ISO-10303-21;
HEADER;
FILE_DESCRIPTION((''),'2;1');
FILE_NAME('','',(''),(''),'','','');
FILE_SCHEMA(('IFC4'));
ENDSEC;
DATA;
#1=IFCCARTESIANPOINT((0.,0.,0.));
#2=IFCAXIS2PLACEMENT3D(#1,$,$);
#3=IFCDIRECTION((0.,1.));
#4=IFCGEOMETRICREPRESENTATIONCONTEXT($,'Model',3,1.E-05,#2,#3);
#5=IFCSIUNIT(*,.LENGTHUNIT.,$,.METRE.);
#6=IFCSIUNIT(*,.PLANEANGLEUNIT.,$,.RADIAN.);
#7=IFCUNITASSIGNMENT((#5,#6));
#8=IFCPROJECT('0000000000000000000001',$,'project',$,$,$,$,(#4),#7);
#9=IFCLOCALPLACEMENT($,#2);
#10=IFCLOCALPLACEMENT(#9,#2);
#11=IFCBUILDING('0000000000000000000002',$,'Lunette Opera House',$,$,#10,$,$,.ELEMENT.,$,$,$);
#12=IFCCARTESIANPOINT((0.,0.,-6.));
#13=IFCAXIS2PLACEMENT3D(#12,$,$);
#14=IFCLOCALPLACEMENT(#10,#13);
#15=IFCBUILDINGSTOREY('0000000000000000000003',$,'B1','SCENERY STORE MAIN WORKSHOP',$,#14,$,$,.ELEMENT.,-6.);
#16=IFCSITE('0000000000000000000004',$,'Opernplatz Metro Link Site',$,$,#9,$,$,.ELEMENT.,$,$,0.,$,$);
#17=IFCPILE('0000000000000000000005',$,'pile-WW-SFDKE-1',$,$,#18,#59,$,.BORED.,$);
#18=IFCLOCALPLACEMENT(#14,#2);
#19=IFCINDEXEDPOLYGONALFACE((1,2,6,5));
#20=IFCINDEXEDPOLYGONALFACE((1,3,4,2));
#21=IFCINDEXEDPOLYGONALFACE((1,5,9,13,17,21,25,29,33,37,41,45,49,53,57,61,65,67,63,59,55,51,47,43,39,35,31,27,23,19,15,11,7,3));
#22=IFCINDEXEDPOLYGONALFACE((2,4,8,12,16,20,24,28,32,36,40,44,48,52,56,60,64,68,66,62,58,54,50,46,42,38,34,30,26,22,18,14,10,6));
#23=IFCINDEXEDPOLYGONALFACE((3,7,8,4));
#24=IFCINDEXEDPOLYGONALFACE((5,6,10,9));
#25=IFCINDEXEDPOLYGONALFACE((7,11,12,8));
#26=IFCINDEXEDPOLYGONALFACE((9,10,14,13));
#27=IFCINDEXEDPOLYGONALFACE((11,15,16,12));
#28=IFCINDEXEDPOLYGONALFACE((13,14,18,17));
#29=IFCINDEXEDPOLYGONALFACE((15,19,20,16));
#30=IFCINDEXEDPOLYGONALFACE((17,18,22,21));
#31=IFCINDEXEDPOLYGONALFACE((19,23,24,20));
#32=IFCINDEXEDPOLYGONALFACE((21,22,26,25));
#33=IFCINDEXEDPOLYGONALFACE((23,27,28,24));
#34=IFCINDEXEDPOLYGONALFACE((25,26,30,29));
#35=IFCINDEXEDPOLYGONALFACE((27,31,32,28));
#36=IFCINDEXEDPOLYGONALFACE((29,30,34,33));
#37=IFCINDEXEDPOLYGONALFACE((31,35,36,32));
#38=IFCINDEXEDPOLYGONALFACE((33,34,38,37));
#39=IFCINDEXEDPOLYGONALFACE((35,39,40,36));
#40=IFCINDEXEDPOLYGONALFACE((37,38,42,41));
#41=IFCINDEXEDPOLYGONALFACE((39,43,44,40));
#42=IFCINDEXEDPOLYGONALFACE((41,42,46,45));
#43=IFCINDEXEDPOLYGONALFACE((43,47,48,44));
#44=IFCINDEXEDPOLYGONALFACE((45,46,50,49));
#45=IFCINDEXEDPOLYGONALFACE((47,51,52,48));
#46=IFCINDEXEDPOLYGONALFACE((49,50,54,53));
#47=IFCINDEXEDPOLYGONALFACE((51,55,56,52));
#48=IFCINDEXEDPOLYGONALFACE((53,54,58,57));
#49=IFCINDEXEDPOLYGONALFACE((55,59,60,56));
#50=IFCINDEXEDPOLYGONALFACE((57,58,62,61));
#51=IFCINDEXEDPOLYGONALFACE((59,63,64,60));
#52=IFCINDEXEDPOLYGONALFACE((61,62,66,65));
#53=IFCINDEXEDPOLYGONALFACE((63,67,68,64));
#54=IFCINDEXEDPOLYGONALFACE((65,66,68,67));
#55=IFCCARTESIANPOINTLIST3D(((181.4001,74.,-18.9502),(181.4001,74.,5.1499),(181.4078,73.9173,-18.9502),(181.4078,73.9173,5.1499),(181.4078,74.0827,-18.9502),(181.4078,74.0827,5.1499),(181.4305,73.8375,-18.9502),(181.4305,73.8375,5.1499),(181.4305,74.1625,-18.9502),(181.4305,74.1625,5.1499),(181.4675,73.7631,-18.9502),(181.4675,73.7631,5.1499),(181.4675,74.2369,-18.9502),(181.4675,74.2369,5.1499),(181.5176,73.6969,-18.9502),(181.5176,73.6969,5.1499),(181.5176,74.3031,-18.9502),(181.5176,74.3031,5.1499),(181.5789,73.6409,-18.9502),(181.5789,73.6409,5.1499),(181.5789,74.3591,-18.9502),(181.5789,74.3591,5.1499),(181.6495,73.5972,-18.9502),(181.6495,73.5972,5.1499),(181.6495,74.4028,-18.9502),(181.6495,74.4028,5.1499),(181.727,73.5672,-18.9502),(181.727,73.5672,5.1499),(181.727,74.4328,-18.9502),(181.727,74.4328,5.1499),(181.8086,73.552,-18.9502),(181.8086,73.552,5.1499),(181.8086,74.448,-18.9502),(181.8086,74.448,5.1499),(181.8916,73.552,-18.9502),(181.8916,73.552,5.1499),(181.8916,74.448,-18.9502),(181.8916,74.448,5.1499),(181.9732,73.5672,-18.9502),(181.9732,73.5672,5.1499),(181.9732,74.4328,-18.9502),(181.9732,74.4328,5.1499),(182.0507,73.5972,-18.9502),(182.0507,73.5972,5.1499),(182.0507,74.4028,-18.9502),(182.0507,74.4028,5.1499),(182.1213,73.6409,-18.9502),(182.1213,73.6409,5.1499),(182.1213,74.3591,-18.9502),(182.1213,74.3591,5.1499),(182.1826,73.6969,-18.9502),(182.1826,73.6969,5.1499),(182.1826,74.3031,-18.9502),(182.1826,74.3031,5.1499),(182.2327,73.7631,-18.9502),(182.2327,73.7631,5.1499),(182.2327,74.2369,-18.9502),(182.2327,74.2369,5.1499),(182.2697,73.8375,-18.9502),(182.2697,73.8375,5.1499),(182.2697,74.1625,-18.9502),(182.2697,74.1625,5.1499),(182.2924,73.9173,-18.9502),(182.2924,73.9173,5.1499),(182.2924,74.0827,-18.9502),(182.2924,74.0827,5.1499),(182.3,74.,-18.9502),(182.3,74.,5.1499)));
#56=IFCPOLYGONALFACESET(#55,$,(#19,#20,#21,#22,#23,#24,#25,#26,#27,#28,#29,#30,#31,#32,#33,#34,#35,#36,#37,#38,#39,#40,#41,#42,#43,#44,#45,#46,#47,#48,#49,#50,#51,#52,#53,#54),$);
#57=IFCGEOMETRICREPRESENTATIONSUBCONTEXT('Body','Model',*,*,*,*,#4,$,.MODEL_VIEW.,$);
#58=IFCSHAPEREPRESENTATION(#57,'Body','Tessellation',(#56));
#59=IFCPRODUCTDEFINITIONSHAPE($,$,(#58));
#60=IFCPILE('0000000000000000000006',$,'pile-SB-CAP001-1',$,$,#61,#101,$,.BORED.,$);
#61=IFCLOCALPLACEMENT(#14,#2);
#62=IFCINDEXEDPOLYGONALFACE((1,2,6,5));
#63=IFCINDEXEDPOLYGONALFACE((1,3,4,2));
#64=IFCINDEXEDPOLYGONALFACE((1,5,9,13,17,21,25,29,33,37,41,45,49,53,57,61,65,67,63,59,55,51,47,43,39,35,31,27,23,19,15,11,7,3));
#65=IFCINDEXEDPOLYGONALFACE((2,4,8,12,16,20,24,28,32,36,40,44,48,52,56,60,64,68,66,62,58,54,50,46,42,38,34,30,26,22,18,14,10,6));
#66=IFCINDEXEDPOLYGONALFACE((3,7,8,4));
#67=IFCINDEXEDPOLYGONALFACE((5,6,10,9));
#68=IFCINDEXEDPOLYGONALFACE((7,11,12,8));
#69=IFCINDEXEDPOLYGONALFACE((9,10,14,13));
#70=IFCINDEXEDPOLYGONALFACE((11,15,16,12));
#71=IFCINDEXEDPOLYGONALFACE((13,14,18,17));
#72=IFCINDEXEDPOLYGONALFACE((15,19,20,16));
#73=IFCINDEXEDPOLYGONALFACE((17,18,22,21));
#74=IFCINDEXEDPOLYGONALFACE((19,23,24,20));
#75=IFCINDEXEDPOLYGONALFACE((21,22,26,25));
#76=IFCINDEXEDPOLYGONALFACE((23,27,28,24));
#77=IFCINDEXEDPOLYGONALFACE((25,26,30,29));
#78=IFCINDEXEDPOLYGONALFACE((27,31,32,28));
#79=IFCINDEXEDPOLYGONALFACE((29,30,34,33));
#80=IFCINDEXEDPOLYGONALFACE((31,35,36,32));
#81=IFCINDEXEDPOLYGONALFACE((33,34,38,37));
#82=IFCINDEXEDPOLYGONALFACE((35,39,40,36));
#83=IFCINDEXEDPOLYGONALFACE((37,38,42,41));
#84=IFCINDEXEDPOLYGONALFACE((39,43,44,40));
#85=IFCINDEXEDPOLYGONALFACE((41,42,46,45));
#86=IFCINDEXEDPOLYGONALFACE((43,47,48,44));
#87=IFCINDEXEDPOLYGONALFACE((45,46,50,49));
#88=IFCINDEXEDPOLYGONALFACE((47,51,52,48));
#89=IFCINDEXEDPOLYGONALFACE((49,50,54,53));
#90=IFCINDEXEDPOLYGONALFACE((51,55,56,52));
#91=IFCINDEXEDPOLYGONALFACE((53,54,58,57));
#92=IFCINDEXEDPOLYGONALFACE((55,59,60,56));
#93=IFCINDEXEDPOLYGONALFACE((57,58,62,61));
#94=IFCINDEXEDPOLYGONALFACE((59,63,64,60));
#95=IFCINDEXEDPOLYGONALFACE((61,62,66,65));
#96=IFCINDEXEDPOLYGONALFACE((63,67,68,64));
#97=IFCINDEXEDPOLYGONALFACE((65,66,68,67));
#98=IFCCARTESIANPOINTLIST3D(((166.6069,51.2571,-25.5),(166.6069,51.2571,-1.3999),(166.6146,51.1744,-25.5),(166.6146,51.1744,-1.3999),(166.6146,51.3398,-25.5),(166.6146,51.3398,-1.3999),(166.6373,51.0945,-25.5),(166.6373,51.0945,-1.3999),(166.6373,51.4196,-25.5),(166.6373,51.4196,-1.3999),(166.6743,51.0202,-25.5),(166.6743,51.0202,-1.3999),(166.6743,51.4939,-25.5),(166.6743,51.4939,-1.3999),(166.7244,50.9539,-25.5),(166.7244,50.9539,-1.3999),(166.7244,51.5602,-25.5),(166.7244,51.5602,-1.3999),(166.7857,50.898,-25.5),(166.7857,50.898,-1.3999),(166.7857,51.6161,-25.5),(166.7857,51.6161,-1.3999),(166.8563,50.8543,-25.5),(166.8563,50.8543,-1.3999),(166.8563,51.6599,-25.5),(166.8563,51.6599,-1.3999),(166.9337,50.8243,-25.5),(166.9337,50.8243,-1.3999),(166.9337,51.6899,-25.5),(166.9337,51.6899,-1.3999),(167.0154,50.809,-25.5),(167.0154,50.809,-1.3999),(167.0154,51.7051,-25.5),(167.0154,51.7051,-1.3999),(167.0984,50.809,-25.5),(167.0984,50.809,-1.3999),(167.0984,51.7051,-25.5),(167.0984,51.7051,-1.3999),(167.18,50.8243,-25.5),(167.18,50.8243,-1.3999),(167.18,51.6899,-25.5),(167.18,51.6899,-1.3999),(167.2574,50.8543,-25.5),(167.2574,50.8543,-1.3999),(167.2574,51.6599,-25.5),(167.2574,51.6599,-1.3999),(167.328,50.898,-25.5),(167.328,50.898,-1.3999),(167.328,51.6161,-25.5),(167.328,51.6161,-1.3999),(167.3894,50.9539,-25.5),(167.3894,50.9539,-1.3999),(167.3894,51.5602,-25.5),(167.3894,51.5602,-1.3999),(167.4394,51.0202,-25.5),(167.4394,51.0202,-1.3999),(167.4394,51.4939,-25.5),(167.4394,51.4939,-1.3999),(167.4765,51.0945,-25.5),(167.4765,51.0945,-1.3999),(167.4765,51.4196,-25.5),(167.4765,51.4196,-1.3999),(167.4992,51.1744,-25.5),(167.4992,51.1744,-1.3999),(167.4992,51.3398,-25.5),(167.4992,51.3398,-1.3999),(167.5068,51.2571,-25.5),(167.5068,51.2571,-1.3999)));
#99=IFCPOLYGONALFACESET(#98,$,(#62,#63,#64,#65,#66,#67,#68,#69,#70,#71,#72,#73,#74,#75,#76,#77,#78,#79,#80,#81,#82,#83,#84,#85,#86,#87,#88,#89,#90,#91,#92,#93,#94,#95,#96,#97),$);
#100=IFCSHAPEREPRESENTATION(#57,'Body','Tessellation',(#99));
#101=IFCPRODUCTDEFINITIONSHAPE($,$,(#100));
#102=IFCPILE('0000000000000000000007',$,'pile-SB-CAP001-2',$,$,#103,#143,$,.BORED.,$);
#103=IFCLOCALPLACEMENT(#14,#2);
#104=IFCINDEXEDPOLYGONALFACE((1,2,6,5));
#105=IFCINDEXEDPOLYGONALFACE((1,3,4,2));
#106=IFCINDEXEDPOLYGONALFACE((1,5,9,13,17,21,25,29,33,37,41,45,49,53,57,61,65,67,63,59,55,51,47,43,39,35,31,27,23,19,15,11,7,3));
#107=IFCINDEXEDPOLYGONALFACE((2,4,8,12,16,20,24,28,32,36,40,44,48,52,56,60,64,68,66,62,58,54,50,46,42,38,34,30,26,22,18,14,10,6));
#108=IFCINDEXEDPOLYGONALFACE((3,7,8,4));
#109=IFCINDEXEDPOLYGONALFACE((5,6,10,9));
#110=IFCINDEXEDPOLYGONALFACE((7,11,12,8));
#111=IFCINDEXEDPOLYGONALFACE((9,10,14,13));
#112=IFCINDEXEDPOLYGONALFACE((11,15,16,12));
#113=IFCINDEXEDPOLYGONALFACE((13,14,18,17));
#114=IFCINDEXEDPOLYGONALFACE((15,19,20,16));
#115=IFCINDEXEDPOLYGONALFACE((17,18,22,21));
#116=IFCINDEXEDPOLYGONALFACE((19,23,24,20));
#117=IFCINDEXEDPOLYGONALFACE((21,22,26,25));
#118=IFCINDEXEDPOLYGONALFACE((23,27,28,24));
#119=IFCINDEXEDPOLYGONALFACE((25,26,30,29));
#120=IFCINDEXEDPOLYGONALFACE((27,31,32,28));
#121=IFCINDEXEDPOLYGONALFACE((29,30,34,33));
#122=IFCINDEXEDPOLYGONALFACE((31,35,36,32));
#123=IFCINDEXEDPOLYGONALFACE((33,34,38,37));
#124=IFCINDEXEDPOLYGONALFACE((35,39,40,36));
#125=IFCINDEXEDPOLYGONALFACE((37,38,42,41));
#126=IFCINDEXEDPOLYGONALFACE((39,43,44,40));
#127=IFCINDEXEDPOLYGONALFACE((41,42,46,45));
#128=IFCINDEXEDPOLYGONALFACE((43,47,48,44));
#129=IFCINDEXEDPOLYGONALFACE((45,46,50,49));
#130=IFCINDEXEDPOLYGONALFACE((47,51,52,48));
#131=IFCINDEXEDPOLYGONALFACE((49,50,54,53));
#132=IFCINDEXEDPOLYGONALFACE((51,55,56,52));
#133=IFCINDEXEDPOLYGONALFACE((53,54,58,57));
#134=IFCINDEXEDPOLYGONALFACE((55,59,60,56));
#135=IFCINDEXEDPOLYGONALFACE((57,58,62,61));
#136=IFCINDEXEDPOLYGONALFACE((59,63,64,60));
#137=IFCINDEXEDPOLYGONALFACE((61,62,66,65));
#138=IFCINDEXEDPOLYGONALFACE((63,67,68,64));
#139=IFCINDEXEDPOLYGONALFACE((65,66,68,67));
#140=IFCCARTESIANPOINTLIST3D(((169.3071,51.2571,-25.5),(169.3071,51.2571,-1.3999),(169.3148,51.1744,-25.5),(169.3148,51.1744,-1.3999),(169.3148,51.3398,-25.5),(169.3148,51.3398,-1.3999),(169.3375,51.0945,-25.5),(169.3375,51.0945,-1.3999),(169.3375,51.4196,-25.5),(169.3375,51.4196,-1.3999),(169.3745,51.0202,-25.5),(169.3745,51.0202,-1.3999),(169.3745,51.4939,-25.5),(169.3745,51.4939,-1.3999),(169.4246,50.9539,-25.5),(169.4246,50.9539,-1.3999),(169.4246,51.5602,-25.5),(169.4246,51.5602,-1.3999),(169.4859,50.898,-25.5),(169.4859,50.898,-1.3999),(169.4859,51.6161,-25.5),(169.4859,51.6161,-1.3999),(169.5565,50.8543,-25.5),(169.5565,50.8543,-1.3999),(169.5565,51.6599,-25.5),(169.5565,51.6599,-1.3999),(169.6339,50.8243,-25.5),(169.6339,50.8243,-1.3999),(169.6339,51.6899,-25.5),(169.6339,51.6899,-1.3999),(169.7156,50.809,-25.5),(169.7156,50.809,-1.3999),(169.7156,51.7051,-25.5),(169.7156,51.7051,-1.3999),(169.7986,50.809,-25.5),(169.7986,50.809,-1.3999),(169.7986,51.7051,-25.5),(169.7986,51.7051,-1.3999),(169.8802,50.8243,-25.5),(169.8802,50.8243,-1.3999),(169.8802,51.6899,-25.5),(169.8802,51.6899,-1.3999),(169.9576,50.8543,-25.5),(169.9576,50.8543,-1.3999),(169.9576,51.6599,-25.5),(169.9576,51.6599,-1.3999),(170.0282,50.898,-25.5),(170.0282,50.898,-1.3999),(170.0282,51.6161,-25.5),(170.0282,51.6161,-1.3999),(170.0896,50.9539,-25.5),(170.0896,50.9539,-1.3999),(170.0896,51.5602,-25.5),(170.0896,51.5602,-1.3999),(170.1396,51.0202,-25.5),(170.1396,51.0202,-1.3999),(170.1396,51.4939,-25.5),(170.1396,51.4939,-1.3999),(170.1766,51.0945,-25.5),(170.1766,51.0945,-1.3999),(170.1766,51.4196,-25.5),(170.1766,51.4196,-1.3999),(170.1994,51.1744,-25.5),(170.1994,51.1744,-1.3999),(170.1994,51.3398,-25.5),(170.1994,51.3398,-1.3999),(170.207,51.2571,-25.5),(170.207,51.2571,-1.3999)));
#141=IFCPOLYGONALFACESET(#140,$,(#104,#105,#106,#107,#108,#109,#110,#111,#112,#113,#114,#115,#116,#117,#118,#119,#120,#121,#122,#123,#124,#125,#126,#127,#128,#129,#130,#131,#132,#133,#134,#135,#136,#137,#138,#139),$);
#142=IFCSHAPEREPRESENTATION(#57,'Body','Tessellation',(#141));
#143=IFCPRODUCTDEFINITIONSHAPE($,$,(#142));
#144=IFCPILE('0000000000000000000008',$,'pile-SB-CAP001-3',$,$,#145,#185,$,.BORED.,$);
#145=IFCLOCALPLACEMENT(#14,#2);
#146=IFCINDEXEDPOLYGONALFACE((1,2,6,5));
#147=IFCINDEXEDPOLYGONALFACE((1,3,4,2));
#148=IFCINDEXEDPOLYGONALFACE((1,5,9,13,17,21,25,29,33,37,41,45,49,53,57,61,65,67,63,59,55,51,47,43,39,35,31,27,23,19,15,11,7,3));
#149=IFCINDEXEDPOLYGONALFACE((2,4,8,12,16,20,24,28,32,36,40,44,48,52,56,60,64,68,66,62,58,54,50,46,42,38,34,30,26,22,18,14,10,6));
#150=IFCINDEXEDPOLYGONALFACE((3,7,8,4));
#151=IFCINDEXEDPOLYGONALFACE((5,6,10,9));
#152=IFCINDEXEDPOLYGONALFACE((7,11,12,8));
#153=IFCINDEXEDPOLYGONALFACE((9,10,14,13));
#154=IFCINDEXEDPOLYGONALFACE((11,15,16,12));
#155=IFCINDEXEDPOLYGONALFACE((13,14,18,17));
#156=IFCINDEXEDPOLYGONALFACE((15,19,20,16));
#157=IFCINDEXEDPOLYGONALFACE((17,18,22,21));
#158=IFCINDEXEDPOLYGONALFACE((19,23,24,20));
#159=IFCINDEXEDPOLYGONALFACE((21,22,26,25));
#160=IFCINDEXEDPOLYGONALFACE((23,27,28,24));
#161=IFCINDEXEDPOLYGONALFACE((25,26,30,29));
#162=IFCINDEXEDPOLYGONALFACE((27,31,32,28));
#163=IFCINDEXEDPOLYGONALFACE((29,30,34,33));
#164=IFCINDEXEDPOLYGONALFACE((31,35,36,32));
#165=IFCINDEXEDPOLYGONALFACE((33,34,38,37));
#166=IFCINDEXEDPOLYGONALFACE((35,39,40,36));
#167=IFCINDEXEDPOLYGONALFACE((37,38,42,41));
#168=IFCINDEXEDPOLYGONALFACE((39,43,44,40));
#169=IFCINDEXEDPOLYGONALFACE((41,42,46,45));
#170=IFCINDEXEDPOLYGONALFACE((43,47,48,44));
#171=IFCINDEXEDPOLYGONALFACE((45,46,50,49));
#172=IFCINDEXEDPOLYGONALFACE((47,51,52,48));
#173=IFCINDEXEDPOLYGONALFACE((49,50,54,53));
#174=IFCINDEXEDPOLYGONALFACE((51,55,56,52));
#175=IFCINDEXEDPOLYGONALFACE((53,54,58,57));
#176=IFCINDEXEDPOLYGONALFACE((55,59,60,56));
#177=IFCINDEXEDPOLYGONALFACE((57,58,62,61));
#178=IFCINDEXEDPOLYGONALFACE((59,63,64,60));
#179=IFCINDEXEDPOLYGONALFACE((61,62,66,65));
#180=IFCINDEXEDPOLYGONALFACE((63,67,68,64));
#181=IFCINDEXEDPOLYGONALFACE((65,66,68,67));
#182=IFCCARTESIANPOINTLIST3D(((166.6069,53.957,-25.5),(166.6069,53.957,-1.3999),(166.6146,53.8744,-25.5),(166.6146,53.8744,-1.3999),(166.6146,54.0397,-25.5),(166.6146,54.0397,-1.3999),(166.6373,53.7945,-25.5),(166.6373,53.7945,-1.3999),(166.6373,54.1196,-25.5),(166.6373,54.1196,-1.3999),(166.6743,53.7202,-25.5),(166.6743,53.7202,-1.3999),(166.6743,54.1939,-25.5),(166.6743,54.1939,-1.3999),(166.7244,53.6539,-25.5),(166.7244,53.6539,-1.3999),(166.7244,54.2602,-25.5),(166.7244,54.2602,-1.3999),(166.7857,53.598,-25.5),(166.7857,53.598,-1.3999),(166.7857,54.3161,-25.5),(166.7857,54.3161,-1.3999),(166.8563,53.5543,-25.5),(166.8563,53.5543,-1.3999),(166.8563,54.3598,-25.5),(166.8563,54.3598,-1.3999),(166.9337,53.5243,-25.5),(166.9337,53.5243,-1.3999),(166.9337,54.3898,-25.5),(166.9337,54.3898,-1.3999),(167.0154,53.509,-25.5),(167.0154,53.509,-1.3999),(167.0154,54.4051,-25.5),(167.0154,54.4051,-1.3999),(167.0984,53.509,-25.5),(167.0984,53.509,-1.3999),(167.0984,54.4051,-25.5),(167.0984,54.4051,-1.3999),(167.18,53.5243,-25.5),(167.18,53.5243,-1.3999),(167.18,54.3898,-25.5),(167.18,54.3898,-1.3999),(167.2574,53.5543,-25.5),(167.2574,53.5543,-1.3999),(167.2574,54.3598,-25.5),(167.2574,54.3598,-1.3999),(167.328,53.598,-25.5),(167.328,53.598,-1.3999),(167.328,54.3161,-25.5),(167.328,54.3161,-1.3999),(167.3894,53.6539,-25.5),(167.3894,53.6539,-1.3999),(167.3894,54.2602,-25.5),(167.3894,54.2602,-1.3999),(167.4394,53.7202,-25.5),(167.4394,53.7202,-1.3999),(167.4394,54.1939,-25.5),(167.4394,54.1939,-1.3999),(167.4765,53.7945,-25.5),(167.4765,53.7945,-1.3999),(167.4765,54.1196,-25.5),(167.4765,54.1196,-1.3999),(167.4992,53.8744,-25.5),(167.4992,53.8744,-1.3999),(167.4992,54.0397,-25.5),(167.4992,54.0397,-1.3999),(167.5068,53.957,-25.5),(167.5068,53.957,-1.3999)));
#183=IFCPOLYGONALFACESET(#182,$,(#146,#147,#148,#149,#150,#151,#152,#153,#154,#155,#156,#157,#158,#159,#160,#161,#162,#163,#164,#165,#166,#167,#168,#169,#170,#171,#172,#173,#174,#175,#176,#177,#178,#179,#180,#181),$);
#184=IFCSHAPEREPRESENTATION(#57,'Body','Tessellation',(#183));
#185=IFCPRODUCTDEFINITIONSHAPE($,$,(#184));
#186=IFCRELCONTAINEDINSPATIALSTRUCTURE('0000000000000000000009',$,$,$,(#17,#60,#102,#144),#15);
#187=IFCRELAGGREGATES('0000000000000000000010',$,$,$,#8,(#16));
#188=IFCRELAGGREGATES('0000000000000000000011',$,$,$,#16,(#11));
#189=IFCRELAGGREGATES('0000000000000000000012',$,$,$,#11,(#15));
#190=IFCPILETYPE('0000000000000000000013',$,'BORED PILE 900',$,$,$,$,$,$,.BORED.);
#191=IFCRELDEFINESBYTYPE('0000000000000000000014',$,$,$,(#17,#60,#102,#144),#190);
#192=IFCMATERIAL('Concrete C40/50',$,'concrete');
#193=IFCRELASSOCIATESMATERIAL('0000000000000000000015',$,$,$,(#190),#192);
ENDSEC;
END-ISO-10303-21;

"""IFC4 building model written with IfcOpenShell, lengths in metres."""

from ifc_helpers import new_model, si_unit, direction, frame, origin, origin_2d, place, context, subcontext, project, spatial, circle, extrude, material, material_profile, profile_set, type_object, element, save


model = new_model("IFC4")

# Units and contexts
model_context = context("Model", 3, precision=1e-05, world=origin(), true_north=direction((0.0, 1.0)))
body_context = subcontext(model_context, "Body", "Model", "MODEL_VIEW")
ifc_project = project(units=[si_unit("LENGTHUNIT", "METRE"), si_unit("PLANEANGLEUNIT", "RADIAN")], contexts=[model_context])

# Site, building, storey
site_placement = place(None, origin())
site = spatial("IfcSite", under=ifc_project, at=site_placement, Name="Opernplatz Metro Link Site", CompositionType="ELEMENT", RefElevation=0.0)
building_placement = place(site_placement, origin())
building = spatial("IfcBuilding", under=site, at=building_placement, Name="Lunette Opera House", CompositionType="ELEMENT")
storey_placement = place(building_placement, frame((0.0, 0.0, -6.0)))
storey = spatial("IfcBuildingStorey", under=building, at=storey_placement, Name="B1", Description="SCENERY STORE MAIN WORKSHOP", CompositionType="ELEMENT", Elevation=-6.0)

# Piles
ifc_material_1 = material(Name="Concrete C40/50", Category="concrete")
ifc_material_profile_1 = material_profile(ifc_material_1, circle(Radius=0.45, at=origin_2d()), Name="BORED PILE 900")
ifc_profile_set_1 = profile_set([ifc_material_profile_1], Name="Concrete C40/50")
pile_type = type_object("IfcPileType", Name="BORED PILE 900", PredefinedType="BORED", material=ifc_profile_set_1)
for number, where, z_axis, x_axis, name in (
    (1, (181.8501, 74.0, 5.1499), (0.0, 0.0, -1.0), (1.0, 0.0, 0.0), "pile-WW-SFDKE-1"),
    (2, (167.0569, 51.2571, -1.3999), (0.0, 0.0, -1.0), (1.0, 0.0, 0.0), "pile-SB-CAP001-1"),
    (3, (169.7571, 51.2571, -1.3999), (0.0, 0.0, -1.0), (1.0, 0.0, 0.0), "pile-SB-CAP001-2"),
    (4, (167.0569, 53.957, -1.3999), (0.0, 0.0, -1.0), (1.0, 0.0, 0.0), "pile-SB-CAP001-3"),
):
    element("IfcPile", number, at=place(storey_placement, frame(where, z_axis=z_axis, x_axis=x_axis)), inside=storey, type_object=pile_type, Name=name, PredefinedType="BORED", context=body_context, shape_type="SweptSolid", body=[
        extrude(circle(Radius=0.45, at=origin_2d()), origin(), (0.0, 0.0, 1.0), 24.1001),
    ])

save(model, "model.ifc")
